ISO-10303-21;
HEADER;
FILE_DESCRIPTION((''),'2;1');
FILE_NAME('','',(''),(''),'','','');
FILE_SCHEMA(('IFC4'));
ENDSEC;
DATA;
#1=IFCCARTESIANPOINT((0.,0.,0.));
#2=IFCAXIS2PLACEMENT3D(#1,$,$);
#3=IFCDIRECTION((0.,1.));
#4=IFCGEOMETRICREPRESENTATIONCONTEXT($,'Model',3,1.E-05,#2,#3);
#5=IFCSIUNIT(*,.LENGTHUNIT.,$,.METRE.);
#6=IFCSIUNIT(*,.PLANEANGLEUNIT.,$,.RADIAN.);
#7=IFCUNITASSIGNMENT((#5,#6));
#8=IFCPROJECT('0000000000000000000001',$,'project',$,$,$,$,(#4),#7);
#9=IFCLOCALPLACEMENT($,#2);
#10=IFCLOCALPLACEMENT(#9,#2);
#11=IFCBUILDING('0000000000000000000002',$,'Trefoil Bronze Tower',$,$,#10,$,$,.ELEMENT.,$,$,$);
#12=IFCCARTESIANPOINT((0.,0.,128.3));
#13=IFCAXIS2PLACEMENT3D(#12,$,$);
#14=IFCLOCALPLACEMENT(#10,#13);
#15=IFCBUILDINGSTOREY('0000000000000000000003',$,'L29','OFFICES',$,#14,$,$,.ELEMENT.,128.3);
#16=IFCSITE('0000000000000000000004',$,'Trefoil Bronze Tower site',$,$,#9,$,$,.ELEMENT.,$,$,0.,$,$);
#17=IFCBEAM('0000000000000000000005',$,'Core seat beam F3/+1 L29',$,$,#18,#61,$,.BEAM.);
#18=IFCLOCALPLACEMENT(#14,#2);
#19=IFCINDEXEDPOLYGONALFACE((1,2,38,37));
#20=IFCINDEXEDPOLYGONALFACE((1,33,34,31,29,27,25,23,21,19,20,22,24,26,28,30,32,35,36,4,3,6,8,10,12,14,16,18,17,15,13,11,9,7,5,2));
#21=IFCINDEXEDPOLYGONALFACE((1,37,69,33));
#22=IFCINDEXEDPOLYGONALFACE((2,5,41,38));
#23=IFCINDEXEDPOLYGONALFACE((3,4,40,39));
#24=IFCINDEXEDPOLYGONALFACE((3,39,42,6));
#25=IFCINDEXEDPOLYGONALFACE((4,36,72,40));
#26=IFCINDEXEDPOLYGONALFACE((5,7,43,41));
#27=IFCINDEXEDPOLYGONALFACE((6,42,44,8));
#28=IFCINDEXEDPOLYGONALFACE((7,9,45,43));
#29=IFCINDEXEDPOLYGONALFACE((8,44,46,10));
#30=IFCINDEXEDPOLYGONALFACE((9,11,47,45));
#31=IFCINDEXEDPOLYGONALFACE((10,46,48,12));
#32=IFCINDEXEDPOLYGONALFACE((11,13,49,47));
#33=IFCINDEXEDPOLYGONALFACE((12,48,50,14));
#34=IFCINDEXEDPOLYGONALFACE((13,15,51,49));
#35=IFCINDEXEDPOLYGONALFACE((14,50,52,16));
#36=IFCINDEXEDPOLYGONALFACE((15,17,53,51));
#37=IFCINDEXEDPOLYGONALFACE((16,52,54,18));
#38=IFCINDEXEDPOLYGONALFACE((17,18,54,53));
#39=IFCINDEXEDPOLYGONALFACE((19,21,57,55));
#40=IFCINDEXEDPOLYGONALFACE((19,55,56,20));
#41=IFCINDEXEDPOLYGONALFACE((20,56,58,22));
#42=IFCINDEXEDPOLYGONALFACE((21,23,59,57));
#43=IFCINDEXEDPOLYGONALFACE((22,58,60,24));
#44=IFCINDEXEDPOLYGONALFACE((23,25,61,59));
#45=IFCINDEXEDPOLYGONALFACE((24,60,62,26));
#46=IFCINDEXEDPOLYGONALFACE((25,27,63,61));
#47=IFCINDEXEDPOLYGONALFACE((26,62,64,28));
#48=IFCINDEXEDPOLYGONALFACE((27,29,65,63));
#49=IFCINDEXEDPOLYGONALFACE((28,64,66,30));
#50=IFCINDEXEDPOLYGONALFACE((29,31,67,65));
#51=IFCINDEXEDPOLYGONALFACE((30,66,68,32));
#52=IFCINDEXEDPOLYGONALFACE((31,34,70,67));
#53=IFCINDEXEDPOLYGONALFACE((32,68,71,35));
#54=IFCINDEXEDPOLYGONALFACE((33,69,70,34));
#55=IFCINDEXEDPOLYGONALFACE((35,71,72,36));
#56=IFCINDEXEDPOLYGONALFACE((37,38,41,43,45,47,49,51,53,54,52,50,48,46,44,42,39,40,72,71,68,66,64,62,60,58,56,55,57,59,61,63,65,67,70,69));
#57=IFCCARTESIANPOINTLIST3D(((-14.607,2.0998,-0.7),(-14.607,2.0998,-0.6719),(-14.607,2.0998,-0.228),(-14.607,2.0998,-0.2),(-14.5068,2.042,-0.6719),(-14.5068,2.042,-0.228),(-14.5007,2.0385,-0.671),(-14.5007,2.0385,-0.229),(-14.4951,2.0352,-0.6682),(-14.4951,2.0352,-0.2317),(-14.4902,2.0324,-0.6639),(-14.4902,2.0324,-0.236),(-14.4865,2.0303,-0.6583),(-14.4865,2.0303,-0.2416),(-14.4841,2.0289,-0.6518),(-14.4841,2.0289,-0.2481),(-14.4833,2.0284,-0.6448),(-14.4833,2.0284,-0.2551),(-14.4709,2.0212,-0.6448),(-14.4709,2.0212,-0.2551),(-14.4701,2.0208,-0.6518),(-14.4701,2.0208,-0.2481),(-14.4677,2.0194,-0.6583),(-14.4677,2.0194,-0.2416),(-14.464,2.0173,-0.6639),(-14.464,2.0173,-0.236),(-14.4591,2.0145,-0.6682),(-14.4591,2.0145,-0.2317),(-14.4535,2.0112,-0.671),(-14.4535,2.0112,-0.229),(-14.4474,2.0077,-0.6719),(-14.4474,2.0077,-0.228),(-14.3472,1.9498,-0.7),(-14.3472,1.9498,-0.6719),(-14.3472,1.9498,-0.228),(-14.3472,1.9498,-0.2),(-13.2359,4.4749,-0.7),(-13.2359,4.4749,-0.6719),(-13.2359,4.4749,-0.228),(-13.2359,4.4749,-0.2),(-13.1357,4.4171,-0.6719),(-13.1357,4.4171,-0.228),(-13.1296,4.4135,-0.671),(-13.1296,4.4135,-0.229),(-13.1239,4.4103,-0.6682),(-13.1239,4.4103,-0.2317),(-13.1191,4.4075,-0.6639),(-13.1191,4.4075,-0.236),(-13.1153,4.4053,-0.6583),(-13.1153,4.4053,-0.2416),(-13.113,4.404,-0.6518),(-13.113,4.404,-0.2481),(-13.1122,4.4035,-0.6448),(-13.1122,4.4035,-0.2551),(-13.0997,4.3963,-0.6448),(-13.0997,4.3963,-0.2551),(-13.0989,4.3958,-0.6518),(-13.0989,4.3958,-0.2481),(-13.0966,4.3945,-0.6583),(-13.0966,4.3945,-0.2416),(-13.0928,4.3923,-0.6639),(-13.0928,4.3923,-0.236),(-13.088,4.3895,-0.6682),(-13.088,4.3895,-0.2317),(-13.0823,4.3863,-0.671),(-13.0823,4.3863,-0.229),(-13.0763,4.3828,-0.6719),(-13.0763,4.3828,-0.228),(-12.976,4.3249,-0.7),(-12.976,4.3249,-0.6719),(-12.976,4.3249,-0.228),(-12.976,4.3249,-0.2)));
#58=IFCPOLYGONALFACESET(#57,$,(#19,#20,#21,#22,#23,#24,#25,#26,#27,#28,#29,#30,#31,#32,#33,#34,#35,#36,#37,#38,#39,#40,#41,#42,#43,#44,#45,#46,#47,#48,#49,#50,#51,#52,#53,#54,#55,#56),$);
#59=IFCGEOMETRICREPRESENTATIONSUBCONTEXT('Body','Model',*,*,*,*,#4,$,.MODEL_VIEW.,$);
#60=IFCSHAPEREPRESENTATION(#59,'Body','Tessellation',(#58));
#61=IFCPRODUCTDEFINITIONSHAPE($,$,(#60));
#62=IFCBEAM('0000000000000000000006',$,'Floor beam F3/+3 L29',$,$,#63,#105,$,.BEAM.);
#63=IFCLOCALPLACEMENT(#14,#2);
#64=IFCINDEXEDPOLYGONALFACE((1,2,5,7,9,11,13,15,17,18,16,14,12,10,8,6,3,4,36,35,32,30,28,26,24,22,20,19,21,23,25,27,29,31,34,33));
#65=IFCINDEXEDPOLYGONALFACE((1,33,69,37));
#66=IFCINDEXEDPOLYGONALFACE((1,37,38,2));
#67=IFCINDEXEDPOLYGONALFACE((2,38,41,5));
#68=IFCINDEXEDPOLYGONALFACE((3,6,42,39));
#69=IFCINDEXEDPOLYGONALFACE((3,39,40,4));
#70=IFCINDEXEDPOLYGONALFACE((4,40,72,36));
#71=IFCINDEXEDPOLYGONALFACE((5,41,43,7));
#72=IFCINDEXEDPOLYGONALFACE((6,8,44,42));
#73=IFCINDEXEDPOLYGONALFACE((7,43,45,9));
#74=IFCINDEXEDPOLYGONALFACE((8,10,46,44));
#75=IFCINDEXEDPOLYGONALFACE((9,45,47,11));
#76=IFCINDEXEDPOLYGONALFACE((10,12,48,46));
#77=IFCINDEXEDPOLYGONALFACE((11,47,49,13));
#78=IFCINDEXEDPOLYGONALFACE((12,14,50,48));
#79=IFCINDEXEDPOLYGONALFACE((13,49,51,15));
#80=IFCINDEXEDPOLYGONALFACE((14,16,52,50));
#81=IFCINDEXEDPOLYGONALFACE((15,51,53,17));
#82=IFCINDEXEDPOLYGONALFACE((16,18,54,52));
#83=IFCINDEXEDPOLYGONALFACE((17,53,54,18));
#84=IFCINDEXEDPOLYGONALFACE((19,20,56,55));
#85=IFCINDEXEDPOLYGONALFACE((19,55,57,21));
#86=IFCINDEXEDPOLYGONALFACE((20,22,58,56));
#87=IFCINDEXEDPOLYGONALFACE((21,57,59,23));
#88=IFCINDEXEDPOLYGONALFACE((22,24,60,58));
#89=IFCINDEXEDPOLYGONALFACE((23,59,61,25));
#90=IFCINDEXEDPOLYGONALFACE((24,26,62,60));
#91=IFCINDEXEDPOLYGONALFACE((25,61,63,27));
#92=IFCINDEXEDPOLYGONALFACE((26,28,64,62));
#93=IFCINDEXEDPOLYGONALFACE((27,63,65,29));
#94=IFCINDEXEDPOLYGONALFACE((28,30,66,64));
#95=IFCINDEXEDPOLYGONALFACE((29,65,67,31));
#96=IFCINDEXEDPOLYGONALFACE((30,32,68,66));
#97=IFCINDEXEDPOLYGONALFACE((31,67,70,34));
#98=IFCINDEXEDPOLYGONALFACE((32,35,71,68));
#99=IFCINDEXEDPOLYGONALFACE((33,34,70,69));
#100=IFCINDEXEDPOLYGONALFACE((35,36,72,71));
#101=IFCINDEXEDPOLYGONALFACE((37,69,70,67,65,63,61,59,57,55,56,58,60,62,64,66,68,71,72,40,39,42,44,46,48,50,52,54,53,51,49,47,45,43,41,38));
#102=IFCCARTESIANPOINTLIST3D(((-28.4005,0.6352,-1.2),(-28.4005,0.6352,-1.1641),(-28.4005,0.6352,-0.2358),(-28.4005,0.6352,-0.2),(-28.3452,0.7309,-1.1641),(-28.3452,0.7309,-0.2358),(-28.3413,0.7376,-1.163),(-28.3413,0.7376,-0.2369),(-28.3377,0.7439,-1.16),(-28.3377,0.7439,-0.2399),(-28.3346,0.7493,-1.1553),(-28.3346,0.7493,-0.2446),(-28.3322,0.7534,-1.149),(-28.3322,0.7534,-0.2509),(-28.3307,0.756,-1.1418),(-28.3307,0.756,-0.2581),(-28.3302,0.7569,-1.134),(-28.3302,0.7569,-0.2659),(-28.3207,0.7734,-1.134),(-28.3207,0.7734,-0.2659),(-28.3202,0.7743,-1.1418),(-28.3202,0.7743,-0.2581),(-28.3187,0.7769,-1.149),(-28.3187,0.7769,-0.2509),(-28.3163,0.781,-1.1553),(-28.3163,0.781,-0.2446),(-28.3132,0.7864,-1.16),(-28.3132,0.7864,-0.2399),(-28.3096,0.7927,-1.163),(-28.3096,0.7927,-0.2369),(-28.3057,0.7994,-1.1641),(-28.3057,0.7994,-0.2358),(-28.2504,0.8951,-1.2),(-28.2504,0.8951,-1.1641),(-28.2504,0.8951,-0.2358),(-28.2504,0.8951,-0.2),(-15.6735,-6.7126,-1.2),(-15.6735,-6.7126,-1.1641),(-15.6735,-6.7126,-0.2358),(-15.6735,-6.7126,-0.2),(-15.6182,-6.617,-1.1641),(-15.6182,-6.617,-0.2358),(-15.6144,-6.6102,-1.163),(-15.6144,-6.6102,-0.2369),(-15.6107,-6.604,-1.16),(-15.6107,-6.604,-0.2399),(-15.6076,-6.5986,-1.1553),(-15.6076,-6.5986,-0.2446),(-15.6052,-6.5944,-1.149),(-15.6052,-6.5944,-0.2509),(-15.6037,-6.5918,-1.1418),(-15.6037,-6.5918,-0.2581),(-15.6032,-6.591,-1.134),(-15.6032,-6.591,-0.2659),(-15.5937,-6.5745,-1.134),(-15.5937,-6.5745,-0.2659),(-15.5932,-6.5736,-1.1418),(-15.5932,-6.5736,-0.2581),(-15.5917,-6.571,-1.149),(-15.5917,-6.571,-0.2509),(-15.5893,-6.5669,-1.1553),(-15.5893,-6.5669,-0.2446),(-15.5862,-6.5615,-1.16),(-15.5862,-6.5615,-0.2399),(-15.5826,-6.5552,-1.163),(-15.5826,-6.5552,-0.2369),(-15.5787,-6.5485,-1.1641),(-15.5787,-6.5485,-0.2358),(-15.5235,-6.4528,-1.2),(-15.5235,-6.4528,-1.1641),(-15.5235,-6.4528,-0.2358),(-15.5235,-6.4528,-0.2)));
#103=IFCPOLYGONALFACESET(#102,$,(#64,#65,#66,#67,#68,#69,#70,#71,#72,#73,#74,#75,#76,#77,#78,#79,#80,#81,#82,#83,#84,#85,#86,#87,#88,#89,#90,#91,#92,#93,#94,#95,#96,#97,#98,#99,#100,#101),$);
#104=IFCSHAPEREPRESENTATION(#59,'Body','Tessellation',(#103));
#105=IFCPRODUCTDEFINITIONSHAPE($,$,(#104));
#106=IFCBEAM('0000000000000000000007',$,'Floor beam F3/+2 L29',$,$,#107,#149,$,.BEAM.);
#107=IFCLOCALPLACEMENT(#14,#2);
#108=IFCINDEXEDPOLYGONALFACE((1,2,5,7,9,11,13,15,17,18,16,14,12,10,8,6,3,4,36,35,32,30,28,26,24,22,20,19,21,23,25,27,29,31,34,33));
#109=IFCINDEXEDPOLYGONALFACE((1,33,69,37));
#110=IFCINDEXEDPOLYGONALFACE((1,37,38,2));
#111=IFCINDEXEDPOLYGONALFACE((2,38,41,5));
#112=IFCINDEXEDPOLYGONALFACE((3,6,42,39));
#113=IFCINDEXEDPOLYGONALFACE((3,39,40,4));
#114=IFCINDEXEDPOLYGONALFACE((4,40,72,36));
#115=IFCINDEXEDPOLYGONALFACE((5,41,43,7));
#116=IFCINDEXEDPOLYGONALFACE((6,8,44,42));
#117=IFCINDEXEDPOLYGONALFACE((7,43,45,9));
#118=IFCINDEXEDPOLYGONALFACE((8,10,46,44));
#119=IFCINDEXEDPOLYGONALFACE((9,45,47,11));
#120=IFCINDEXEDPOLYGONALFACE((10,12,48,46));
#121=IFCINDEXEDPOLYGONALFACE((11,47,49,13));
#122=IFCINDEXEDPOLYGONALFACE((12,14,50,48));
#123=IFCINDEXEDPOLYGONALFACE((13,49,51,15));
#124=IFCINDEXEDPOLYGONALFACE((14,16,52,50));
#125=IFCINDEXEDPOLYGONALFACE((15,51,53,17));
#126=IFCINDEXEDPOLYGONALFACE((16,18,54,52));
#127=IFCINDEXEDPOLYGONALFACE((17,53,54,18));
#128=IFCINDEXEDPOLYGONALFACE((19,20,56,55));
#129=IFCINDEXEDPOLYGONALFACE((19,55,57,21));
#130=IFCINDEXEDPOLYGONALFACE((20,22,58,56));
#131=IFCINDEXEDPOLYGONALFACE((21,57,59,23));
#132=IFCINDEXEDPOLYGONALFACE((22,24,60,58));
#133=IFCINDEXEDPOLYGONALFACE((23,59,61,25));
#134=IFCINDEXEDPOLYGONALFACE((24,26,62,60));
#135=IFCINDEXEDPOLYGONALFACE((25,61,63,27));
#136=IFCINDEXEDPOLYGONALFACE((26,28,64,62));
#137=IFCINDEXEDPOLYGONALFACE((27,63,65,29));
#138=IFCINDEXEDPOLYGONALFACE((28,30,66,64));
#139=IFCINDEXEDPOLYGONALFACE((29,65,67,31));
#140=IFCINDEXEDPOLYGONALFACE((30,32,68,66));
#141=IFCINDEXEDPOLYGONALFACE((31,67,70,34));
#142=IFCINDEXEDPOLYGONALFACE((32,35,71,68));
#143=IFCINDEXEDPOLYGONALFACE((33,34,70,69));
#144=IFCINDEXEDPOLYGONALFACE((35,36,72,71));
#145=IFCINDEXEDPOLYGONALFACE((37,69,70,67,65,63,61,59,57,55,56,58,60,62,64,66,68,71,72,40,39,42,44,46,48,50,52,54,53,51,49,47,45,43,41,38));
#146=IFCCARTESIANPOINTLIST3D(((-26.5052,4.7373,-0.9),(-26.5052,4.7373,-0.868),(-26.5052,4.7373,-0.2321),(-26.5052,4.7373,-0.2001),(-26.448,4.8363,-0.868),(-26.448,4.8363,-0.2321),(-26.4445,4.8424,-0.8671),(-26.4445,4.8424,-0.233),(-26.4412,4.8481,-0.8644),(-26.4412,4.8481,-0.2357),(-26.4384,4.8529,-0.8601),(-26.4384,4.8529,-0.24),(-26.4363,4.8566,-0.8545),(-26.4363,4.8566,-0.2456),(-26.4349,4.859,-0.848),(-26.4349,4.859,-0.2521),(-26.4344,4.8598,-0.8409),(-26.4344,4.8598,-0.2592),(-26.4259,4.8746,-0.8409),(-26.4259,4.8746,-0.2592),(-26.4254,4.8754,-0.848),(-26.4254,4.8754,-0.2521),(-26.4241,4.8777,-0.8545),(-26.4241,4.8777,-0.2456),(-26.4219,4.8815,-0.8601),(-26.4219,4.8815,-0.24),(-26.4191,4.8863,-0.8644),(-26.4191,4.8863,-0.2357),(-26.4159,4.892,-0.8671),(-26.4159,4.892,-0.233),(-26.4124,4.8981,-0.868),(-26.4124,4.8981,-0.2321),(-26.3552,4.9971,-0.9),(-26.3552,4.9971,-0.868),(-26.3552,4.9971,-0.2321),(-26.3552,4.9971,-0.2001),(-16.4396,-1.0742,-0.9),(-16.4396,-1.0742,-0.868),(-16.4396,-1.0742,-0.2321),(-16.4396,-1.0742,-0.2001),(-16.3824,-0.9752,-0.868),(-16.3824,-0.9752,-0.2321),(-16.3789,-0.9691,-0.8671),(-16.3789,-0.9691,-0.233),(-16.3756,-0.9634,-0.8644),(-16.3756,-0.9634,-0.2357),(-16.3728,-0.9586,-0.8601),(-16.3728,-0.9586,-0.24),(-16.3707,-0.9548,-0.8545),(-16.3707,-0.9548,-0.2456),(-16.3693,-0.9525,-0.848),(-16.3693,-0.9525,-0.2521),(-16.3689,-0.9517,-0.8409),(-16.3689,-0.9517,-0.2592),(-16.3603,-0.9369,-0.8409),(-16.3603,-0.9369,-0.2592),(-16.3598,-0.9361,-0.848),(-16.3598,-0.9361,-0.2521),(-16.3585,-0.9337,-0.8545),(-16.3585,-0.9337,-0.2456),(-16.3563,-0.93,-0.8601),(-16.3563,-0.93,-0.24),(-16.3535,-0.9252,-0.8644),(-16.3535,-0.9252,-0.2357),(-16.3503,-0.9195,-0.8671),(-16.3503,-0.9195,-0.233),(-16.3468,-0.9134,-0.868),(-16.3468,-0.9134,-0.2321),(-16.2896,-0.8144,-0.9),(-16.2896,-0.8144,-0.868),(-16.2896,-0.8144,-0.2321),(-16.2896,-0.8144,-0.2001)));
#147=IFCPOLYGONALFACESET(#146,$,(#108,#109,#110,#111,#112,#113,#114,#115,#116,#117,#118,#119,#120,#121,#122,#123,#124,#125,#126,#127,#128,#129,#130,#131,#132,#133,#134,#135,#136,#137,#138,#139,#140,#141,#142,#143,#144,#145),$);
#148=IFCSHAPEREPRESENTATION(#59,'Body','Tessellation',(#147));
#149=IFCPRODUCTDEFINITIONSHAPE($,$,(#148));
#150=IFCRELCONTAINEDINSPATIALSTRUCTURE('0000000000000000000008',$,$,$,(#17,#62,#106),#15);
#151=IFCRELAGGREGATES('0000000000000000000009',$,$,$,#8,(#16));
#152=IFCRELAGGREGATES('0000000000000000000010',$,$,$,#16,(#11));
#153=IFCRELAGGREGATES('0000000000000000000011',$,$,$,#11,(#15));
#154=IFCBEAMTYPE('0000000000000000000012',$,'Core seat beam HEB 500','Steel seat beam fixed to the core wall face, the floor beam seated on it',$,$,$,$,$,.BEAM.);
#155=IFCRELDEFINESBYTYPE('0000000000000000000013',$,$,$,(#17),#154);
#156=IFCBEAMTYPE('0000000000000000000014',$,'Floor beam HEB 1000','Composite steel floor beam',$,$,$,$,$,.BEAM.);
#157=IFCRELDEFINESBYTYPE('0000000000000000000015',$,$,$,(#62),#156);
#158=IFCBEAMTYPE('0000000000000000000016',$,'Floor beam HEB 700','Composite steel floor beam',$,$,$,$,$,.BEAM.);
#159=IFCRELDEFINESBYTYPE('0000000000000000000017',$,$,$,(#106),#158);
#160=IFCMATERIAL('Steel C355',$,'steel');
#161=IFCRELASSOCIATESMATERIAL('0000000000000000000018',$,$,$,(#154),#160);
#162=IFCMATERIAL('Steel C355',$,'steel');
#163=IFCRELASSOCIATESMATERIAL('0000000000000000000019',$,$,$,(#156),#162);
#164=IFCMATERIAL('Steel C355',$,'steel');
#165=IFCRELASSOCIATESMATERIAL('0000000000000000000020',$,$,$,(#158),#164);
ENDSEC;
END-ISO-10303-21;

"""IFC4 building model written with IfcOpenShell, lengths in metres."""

from ifc_helpers import new_model, si_unit, direction, frame, origin, origin_2d, place, context, subcontext, project, spatial, i_section, extrude, material, material_profile, profile_set, type_object, element, save


model = new_model("IFC4")

# Units and contexts
model_context = context("Model", 3, precision=1e-05, world=origin(), true_north=direction((0.0, 1.0)))
body_context = subcontext(model_context, "Body", "Model", "MODEL_VIEW")
ifc_project = project(units=[si_unit("LENGTHUNIT", "METRE"), si_unit("PLANEANGLEUNIT", "RADIAN")], contexts=[model_context])

# Site, building, storey
site_placement = place(None, origin())
site = spatial("IfcSite", under=ifc_project, at=site_placement, Name="Trefoil Bronze Tower site", CompositionType="ELEMENT", RefElevation=0.0)
building_placement = place(site_placement, origin())
building = spatial("IfcBuilding", under=site, at=building_placement, Name="Trefoil Bronze Tower", CompositionType="ELEMENT")
storey_placement = place(building_placement, frame((0.0, 0.0, 128.3)))
storey = spatial("IfcBuildingStorey", under=building, at=storey_placement, Name="L29", Description="OFFICES", CompositionType="ELEMENT", Elevation=128.3)

# Beams
ifc_material_1 = material(Name="Steel C355", Category="steel")
ifc_material_profile_1 = material_profile(ifc_material_1, i_section(OverallWidth=0.3, OverallDepth=0.5, WebThickness=0.0144, FlangeThickness=0.0281, FilletRadius=0.0271, at=origin_2d()), Name="HEB 500")
ifc_profile_set_1 = profile_set([ifc_material_profile_1], Name="Steel C355")
beam_type_1 = type_object("IfcBeamType", Name="Core seat beam HEB 500", Description="Steel seat beam fixed to the core wall face, the floor beam seated on it", PredefinedType="BEAM", material=ifc_profile_set_1)
beam_1_placement = place(storey_placement, frame((-13.106, 4.3999, -0.45), z_axis=(-0.499969, -0.866043, 0.0), x_axis=(0.866043, -0.499969, 0.0)))
element("IfcBeam", 1, at=beam_1_placement, inside=storey, type_object=beam_type_1, Name="Core seat beam F3/+1 L29", PredefinedType="BEAM", context=body_context, shape_type="SweptSolid", body=[
    extrude(i_section(OverallWidth=0.3, OverallDepth=0.5, WebThickness=0.0144, FlangeThickness=0.0281, FilletRadius=0.0271, at=origin_2d()), origin(), (0.0, 0.0, 1.0), 2.7424),
])
ifc_material_2 = material(Name="Steel C355", Category="steel")
ifc_material_profile_2 = material_profile(ifc_material_2, i_section(OverallWidth=0.3, OverallDepth=1.0, WebThickness=0.019, FlangeThickness=0.0359, FilletRadius=0.03, at=origin_2d()), Name="HEB 1000")
ifc_profile_set_2 = profile_set([ifc_material_profile_2], Name="Steel C355")
beam_type_2 = type_object("IfcBeamType", Name="Floor beam HEB 1000", Description="Composite steel floor beam", PredefinedType="BEAM", material=ifc_profile_set_2)
beam_2_placement = place(storey_placement, frame((-28.3254, 0.7651, -0.7), z_axis=(0.866027, -0.499997, 0.0), x_axis=(0.499997, 0.866027, 0.0)))
element("IfcBeam", 2, at=beam_2_placement, inside=storey, type_object=beam_type_2, Name="Floor beam F3/+3 L29", PredefinedType="BEAM", context=body_context, shape_type="SweptSolid", body=[
    extrude(i_section(OverallWidth=0.3, OverallDepth=1.0, WebThickness=0.019, FlangeThickness=0.0359, FilletRadius=0.03, at=origin_2d()), origin(), (0.0, 0.0, 1.0), 14.6958),
])
ifc_material_3 = material(Name="Steel C355", Category="steel")
ifc_material_profile_3 = material_profile(ifc_material_3, i_section(OverallWidth=0.3, OverallDepth=0.7, WebThickness=0.0171, FlangeThickness=0.032, FilletRadius=0.0271, at=origin_2d()), Name="HEB 700")
ifc_profile_set_3 = profile_set([ifc_material_profile_3], Name="Steel C355")
beam_type_3 = type_object("IfcBeamType", Name="Floor beam HEB 700", Description="Composite steel floor beam", PredefinedType="BEAM", material=ifc_profile_set_3)
beam_3_placement = place(storey_placement, frame((-26.4302, 4.8672, -0.55), z_axis=(0.866022, -0.500007, 0.0), x_axis=(0.500007, 0.866022, 0.0)))
element("IfcBeam", 3, at=beam_3_placement, inside=storey, type_object=beam_type_3, Name="Floor beam F3/+2 L29", PredefinedType="BEAM", context=body_context, shape_type="SweptSolid", body=[
    extrude(i_section(OverallWidth=0.3, OverallDepth=0.7, WebThickness=0.0171, FlangeThickness=0.032, FilletRadius=0.0271, at=origin_2d()), origin(), (0.0, 0.0, 1.0), 11.6228),
])

save(model, "model.ifc")
